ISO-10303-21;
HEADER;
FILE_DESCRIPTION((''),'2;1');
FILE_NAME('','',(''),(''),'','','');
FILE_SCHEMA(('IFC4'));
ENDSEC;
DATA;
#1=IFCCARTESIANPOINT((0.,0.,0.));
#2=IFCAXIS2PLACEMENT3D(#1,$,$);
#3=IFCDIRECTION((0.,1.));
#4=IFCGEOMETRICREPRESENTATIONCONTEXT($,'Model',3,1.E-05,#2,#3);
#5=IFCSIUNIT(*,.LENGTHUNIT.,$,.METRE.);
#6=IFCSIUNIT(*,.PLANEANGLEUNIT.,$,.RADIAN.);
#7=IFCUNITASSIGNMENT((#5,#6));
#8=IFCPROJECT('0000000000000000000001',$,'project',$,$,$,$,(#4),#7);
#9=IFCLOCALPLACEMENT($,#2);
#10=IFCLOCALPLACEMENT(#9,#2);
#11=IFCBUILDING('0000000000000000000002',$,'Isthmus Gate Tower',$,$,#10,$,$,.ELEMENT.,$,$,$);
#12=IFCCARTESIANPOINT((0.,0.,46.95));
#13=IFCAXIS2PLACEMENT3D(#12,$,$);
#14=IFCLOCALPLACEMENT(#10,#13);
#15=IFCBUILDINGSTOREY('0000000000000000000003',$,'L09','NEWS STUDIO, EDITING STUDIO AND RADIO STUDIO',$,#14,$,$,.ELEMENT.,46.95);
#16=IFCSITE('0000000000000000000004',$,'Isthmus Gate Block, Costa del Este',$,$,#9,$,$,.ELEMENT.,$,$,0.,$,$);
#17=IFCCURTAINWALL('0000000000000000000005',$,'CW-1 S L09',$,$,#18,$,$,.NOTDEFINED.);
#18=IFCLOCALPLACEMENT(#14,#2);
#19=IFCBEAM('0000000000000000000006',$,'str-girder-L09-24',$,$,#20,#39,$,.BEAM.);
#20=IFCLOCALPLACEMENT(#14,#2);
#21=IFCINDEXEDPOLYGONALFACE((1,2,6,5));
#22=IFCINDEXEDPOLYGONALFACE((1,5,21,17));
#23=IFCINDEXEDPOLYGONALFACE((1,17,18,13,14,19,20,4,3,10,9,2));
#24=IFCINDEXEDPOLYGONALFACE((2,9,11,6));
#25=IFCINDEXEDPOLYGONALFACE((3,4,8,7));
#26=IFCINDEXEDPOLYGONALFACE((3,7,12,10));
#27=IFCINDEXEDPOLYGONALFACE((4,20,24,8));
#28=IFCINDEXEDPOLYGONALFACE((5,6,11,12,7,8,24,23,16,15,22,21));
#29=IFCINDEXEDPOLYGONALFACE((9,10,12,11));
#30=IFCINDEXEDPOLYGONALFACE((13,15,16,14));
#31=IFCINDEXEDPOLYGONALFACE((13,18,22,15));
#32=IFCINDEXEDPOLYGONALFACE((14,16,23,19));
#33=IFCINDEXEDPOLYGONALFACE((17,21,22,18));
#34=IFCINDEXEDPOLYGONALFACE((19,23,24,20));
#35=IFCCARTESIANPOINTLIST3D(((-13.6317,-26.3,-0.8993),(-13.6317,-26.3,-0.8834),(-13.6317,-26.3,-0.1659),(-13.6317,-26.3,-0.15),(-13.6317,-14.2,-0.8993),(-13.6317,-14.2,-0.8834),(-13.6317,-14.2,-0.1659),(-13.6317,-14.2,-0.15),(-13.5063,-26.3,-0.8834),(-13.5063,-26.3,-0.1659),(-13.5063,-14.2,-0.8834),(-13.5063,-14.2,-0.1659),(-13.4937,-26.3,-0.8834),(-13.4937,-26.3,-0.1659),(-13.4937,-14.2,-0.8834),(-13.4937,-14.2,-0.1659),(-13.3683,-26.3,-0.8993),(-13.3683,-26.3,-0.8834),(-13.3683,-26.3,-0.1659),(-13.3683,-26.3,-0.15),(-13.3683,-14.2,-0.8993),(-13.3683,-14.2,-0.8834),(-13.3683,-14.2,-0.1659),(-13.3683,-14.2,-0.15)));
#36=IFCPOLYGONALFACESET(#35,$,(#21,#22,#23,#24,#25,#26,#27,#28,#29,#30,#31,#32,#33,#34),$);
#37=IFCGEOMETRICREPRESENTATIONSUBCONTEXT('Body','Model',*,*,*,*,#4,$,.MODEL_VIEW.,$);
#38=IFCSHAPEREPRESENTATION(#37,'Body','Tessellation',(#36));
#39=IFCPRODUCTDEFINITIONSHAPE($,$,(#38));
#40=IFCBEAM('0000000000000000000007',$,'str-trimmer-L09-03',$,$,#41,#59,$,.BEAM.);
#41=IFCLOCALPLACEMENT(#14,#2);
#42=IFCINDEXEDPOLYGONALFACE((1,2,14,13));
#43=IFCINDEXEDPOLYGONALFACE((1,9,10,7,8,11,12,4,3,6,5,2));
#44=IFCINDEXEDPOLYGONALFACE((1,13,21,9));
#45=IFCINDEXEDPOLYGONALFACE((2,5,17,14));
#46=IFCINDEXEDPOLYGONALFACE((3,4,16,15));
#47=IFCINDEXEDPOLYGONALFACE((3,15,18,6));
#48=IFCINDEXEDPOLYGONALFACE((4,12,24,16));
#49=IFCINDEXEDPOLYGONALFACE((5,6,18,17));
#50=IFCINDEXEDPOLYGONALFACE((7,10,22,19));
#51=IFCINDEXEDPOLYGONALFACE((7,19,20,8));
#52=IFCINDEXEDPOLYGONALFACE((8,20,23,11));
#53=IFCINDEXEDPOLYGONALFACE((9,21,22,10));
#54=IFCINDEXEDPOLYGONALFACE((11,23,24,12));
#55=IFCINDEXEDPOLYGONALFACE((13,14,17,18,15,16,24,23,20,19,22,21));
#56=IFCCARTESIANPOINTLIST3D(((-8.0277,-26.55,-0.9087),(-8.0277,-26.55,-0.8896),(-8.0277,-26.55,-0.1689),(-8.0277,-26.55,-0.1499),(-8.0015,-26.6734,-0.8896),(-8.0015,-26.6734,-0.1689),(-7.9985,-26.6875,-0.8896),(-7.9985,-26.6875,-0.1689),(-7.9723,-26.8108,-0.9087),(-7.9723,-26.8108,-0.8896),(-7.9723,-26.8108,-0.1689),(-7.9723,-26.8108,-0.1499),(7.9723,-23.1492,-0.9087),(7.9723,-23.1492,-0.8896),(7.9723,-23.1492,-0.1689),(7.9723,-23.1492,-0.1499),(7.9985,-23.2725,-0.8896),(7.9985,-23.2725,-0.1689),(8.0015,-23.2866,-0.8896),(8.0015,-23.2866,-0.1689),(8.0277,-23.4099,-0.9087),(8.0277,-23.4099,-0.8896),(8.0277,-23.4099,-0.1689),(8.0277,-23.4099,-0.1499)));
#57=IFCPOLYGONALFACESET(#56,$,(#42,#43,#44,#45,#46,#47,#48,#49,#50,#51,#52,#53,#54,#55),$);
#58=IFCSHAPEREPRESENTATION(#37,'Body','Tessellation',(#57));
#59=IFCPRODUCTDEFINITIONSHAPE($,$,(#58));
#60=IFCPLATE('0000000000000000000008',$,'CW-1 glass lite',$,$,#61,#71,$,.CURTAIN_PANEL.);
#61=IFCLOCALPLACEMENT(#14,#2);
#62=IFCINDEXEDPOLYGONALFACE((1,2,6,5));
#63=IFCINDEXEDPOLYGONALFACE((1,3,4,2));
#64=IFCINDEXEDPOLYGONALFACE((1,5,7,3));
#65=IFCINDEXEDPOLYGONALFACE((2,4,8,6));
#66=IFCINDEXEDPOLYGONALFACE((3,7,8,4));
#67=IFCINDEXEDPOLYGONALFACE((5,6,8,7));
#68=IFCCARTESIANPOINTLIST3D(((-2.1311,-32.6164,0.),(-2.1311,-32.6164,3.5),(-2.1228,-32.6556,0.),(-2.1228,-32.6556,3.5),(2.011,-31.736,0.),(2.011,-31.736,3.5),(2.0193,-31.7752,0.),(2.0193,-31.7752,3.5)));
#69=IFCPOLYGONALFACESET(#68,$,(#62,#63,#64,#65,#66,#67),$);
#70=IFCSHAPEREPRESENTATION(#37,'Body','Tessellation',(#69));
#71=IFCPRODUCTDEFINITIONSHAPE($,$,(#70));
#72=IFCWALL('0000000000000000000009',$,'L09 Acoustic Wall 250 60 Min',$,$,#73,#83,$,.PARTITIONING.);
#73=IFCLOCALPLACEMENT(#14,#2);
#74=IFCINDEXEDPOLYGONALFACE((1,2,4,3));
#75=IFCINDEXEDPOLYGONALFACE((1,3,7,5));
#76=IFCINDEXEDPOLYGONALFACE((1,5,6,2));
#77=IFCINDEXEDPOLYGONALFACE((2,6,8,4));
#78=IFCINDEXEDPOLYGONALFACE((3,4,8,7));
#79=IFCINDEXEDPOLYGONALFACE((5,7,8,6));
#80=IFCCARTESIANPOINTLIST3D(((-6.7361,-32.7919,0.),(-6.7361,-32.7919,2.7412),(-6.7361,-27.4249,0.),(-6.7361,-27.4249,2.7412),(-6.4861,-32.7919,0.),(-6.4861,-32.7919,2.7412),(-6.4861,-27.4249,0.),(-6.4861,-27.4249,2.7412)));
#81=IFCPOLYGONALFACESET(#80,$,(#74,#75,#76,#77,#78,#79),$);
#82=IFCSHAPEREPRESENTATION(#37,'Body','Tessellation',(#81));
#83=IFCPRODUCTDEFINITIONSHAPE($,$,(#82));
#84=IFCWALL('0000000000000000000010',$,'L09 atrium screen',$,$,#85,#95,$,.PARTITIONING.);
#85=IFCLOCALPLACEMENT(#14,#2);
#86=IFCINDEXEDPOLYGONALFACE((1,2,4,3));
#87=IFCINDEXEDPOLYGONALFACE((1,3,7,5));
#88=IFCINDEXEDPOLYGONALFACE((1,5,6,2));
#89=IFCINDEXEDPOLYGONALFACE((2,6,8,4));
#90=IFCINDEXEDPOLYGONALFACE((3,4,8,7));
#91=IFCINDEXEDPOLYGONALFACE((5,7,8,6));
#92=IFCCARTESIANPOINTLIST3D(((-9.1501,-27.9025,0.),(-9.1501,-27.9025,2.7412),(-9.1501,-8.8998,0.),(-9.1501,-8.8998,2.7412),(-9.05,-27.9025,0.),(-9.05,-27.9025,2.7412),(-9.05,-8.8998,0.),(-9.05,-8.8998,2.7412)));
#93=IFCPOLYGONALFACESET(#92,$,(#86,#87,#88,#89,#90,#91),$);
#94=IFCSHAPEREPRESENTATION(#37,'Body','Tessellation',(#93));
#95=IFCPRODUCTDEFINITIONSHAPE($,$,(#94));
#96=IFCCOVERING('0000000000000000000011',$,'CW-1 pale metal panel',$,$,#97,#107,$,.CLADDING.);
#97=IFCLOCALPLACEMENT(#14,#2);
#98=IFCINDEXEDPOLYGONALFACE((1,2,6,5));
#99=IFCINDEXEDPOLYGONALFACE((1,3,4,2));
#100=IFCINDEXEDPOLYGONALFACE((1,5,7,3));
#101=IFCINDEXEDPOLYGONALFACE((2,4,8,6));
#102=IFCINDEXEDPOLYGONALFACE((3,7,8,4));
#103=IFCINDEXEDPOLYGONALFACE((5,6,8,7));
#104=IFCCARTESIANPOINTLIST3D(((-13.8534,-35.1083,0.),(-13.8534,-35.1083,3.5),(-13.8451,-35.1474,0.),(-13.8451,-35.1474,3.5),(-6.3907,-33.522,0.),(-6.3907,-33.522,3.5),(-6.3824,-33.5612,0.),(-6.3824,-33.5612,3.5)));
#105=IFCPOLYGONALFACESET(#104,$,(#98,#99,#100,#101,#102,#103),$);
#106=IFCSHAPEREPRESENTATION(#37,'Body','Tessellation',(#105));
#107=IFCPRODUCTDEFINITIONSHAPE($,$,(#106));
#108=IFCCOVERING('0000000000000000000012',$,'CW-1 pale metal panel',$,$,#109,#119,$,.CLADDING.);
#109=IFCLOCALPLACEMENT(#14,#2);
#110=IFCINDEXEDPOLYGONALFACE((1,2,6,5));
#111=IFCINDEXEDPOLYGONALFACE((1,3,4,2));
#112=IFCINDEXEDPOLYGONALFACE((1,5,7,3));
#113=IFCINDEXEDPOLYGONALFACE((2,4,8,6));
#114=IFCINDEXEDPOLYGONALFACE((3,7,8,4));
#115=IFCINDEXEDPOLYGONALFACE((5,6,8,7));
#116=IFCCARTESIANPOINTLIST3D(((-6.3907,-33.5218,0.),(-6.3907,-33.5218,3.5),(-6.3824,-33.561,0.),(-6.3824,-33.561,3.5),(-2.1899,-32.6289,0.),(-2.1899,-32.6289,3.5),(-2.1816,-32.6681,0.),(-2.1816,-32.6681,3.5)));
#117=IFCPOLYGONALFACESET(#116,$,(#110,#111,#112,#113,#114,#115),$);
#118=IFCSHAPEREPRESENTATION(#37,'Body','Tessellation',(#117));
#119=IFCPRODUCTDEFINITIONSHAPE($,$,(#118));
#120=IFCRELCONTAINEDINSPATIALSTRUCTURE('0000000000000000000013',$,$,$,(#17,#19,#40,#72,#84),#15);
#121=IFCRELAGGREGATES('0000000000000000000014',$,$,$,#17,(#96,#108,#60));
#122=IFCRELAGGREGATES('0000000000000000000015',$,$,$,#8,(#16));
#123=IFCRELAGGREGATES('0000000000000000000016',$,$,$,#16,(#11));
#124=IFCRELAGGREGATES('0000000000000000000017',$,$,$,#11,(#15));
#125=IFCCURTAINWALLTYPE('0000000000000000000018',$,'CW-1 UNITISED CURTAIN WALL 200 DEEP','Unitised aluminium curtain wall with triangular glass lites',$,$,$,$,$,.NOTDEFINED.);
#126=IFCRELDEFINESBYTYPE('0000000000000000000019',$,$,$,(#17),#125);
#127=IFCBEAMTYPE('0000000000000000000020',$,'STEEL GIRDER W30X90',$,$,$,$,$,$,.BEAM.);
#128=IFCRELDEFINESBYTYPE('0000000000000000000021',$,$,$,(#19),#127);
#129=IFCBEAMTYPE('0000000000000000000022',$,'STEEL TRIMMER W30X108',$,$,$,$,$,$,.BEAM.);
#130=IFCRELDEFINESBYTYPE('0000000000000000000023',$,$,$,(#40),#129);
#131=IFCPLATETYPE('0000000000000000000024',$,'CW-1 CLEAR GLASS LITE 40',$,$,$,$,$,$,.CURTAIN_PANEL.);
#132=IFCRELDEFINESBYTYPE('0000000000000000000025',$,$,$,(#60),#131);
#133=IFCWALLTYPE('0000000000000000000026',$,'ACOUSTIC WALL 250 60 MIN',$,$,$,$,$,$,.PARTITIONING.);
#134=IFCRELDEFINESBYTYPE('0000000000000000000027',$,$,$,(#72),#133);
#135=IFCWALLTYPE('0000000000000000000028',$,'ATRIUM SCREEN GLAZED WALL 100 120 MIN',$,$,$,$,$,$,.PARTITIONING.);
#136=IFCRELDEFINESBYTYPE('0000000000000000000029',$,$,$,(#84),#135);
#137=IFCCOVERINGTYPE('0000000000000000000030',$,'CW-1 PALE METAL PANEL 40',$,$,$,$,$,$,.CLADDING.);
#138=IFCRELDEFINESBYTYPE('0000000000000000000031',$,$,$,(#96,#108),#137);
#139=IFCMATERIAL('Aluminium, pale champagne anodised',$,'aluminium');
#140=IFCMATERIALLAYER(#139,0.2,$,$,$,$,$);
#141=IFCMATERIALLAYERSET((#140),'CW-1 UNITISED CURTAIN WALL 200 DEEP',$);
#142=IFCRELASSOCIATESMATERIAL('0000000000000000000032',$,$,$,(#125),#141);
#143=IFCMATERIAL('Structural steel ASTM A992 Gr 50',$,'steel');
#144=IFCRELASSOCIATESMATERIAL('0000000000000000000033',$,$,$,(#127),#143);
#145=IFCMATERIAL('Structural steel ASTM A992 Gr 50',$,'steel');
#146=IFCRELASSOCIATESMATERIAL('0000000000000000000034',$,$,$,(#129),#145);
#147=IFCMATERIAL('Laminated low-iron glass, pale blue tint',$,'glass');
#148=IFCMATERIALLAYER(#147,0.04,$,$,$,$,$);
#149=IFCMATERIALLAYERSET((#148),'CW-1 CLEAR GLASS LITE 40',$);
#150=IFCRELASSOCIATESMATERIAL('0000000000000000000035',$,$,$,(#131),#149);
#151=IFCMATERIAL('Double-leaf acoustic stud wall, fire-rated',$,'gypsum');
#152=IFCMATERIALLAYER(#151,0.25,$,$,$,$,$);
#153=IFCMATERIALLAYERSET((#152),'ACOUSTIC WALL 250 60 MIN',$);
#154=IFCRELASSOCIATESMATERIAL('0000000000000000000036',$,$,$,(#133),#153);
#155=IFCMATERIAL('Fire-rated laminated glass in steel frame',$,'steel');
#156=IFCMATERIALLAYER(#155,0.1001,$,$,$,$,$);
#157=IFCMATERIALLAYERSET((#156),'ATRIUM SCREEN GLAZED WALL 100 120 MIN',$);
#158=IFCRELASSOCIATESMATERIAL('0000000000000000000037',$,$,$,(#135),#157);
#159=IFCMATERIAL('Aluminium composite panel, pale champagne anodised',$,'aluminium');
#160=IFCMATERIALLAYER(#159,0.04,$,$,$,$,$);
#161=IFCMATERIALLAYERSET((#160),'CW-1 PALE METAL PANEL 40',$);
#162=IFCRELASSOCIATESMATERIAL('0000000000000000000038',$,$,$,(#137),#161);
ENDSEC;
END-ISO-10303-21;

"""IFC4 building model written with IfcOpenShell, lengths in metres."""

from ifc_helpers import new_model, si_unit, direction, frame, frame_2d, origin, origin_2d, place, context, subcontext, project, spatial, rectangle, i_section, extrude, material, layer, layer_set, material_profile, profile_set, type_object, element, aggregate, save


model = new_model("IFC4")

# Units and contexts
model_context = context("Model", 3, precision=1e-05, world=origin(), true_north=direction((0.0, 1.0)))
body_context = subcontext(model_context, "Body", "Model", "MODEL_VIEW")
ifc_project = project(units=[si_unit("LENGTHUNIT", "METRE"), si_unit("PLANEANGLEUNIT", "RADIAN")], contexts=[model_context])

# Site, building, storey
site_placement = place(None, origin())
site = spatial("IfcSite", under=ifc_project, at=site_placement, Name="Isthmus Gate Block, Costa del Este", CompositionType="ELEMENT", RefElevation=0.0)
building_placement = place(site_placement, origin())
building = spatial("IfcBuilding", under=site, at=building_placement, Name="Isthmus Gate Tower", CompositionType="ELEMENT")
storey_placement = place(building_placement, frame((0.0, 0.0, 46.95)))
storey = spatial("IfcBuildingStorey", under=building, at=storey_placement, Name="L09", Description="NEWS STUDIO, EDITING STUDIO AND RADIO STUDIO", CompositionType="ELEMENT", Elevation=46.95)

# Curtain wall
ifc_material_1 = material(Name="Aluminium, pale champagne anodised", Category="aluminium")
ifc_layer_1 = layer(ifc_material_1, 0.2)
ifc_layer_set_1 = layer_set([ifc_layer_1], Name="CW-1 UNITISED CURTAIN WALL 200 DEEP")
curtain_wall_type = type_object("IfcCurtainWallType", Name="CW-1 UNITISED CURTAIN WALL 200 DEEP", Description="Unitised aluminium curtain wall with triangular glass lites", PredefinedType="NOTDEFINED", material=ifc_layer_set_1)
curtain_wall_placement = place(storey_placement, origin())
curtain_wall = element("IfcCurtainWall", 1, at=curtain_wall_placement, inside=storey, type_object=curtain_wall_type, Name="CW-1 S L09", PredefinedType="NOTDEFINED")

# Beams
ifc_material_2 = material(Name="Structural steel ASTM A992 Gr 50", Category="steel")
ifc_material_profile_1 = material_profile(ifc_material_2, i_section(OverallWidth=0.2634, OverallDepth=0.7493, WebThickness=0.0127, FlangeThickness=0.0159, at=origin_2d()), Name="W30X90")
ifc_profile_set_1 = profile_set([ifc_material_profile_1], Name="Structural steel ASTM A992 Gr 50")
beam_type_1 = type_object("IfcBeamType", Name="STEEL GIRDER W30X90", PredefinedType="BEAM", material=ifc_profile_set_1)
beam_1_placement = place(storey_placement, frame((-13.5, -26.3, -0.5247), z_axis=(0.0, 1.0, 0.0), x_axis=(-1.0, 0.0, 0.0)))
element("IfcBeam", 2, at=beam_1_placement, inside=storey, type_object=beam_type_1, Name="str-girder-L09-24", PredefinedType="BEAM", context=body_context, shape_type="SweptSolid", body=[
    extrude(i_section(OverallWidth=0.2634, OverallDepth=0.7493, WebThickness=0.0127, FlangeThickness=0.0159, at=origin_2d()), origin(), (0.0, 0.0, 1.0), 12.1001),
])
ifc_material_3 = material(Name="Structural steel ASTM A992 Gr 50", Category="steel")
ifc_material_profile_2 = material_profile(ifc_material_3, i_section(OverallWidth=0.2666, OverallDepth=0.7588, WebThickness=0.0144, FlangeThickness=0.019, at=origin_2d()), Name="W30X108")
ifc_profile_set_2 = profile_set([ifc_material_profile_2], Name="Structural steel ASTM A992 Gr 50")
beam_type_2 = type_object("IfcBeamType", Name="STEEL TRIMMER W30X108", PredefinedType="BEAM", material=ifc_profile_set_2)
beam_2_placement = place(storey_placement, frame((-8.0, -26.6804, -0.5293), z_axis=(0.978148, 0.20791, 0.0), x_axis=(-0.20791, 0.978148, 0.0)))
element("IfcBeam", 3, at=beam_2_placement, inside=storey, type_object=beam_type_2, Name="str-trimmer-L09-03", PredefinedType="BEAM", context=body_context, shape_type="SweptSolid", body=[
    extrude(i_section(OverallWidth=0.2666, OverallDepth=0.7588, WebThickness=0.0144, FlangeThickness=0.019, at=origin_2d()), origin(), (0.0, 0.0, 1.0), 16.3574),
])

# Plate
ifc_material_4 = material(Name="Laminated low-iron glass, pale blue tint", Category="glass")
ifc_layer_2 = layer(ifc_material_4, 0.04)
ifc_layer_set_2 = layer_set([ifc_layer_2], Name="CW-1 CLEAR GLASS LITE 40")
plate_type = type_object("IfcPlateType", Name="CW-1 CLEAR GLASS LITE 40", PredefinedType="CURTAIN_PANEL", material=ifc_layer_set_2)
plate_placement = place(storey_placement, frame((-0.0559, -32.1958, 0.0), z_axis=(0.0, 0.0, 1.0), x_axis=(0.978148, 0.207912, 0.0)))
plate = element("IfcPlate", 4, at=plate_placement, type_object=plate_type, Name="CW-1 glass lite", PredefinedType="CURTAIN_PANEL", context=body_context, shape_type="SweptSolid", body=[
    extrude(rectangle(XDim=4.2346, YDim=0.04, at=origin_2d()), origin(), (0.0, 0.0, 1.0), 3.5),
])

# Walls
ifc_material_5 = material(Name="Double-leaf acoustic stud wall, fire-rated", Category="gypsum")
ifc_layer_3 = layer(ifc_material_5, 0.25)
ifc_layer_set_3 = layer_set([ifc_layer_3], Name="ACOUSTIC WALL 250 60 MIN")
wall_type_1 = type_object("IfcWallType", Name="ACOUSTIC WALL 250 60 MIN", PredefinedType="PARTITIONING", material=ifc_layer_set_3)
wall_1_placement = place(storey_placement, frame((-6.6111, -32.792, 0.0), z_axis=(0.0, 0.0, 1.0), x_axis=(0.0, 1.0, 0.0)))
element("IfcWall", 5, at=wall_1_placement, inside=storey, type_object=wall_type_1, Name="L09 Acoustic Wall 250 60 Min", PredefinedType="PARTITIONING", context=body_context, shape_type="SweptSolid", body=[
    extrude(rectangle(XDim=5.3669, YDim=0.25, at=frame_2d((2.6836, 0.0))), origin(), (0.0, 0.0, 1.0), 2.7412),
])
ifc_material_6 = material(Name="Fire-rated laminated glass in steel frame", Category="steel")
ifc_layer_4 = layer(ifc_material_6, 0.1001)
ifc_layer_set_4 = layer_set([ifc_layer_4], Name="ATRIUM SCREEN GLAZED WALL 100 120 MIN")
wall_type_2 = type_object("IfcWallType", Name="ATRIUM SCREEN GLAZED WALL 100 120 MIN", PredefinedType="PARTITIONING", material=ifc_layer_set_4)
wall_2_placement = place(storey_placement, frame((-9.1001, -27.9026, 0.0), z_axis=(0.0, 0.0, 1.0), x_axis=(0.0, 1.0, 0.0)))
element("IfcWall", 6, at=wall_2_placement, inside=storey, type_object=wall_type_2, Name="L09 atrium screen", PredefinedType="PARTITIONING", context=body_context, shape_type="SweptSolid", body=[
    extrude(rectangle(XDim=19.0027, YDim=0.1001, at=frame_2d((9.5015, 0.0))), origin(), (0.0, 0.0, 1.0), 2.7412),
])

# Coverings
ifc_material_7 = material(Name="Aluminium composite panel, pale champagne anodised", Category="aluminium")
ifc_layer_5 = layer(ifc_material_7, 0.04)
ifc_layer_set_5 = layer_set([ifc_layer_5], Name="CW-1 PALE METAL PANEL 40")
covering_type = type_object("IfcCoveringType", Name="CW-1 PALE METAL PANEL 40", PredefinedType="CLADDING", material=ifc_layer_set_5)
covering_1_placement = place(storey_placement, frame((-10.1179, -34.3347, 0.0), z_axis=(0.0, 0.0, 1.0), x_axis=(0.978148, 0.207912, 0.0)))
covering_1 = element("IfcCovering", 7, at=covering_1_placement, type_object=covering_type, Name="CW-1 pale metal panel", PredefinedType="CLADDING", context=body_context, shape_type="SweptSolid", body=[
    extrude(rectangle(XDim=7.6294, YDim=0.04, at=origin_2d()), origin(), (0.0, 0.0, 1.0), 3.5),
])
covering_2_placement = place(storey_placement, frame((-4.2861, -33.095, 0.0), z_axis=(0.0, 0.0, 1.0), x_axis=(0.978148, 0.207912, 0.0)))
covering_2 = element("IfcCovering", 8, at=covering_2_placement, type_object=covering_type, Name="CW-1 pale metal panel", PredefinedType="CLADDING", context=body_context, shape_type="SweptSolid", body=[
    extrude(rectangle(XDim=4.2947, YDim=0.04, at=origin_2d()), origin(), (0.0, 0.0, 1.0), 3.5),
])
aggregate(curtain_wall, [covering_1, covering_2, plate])

save(model, "model.ifc")
